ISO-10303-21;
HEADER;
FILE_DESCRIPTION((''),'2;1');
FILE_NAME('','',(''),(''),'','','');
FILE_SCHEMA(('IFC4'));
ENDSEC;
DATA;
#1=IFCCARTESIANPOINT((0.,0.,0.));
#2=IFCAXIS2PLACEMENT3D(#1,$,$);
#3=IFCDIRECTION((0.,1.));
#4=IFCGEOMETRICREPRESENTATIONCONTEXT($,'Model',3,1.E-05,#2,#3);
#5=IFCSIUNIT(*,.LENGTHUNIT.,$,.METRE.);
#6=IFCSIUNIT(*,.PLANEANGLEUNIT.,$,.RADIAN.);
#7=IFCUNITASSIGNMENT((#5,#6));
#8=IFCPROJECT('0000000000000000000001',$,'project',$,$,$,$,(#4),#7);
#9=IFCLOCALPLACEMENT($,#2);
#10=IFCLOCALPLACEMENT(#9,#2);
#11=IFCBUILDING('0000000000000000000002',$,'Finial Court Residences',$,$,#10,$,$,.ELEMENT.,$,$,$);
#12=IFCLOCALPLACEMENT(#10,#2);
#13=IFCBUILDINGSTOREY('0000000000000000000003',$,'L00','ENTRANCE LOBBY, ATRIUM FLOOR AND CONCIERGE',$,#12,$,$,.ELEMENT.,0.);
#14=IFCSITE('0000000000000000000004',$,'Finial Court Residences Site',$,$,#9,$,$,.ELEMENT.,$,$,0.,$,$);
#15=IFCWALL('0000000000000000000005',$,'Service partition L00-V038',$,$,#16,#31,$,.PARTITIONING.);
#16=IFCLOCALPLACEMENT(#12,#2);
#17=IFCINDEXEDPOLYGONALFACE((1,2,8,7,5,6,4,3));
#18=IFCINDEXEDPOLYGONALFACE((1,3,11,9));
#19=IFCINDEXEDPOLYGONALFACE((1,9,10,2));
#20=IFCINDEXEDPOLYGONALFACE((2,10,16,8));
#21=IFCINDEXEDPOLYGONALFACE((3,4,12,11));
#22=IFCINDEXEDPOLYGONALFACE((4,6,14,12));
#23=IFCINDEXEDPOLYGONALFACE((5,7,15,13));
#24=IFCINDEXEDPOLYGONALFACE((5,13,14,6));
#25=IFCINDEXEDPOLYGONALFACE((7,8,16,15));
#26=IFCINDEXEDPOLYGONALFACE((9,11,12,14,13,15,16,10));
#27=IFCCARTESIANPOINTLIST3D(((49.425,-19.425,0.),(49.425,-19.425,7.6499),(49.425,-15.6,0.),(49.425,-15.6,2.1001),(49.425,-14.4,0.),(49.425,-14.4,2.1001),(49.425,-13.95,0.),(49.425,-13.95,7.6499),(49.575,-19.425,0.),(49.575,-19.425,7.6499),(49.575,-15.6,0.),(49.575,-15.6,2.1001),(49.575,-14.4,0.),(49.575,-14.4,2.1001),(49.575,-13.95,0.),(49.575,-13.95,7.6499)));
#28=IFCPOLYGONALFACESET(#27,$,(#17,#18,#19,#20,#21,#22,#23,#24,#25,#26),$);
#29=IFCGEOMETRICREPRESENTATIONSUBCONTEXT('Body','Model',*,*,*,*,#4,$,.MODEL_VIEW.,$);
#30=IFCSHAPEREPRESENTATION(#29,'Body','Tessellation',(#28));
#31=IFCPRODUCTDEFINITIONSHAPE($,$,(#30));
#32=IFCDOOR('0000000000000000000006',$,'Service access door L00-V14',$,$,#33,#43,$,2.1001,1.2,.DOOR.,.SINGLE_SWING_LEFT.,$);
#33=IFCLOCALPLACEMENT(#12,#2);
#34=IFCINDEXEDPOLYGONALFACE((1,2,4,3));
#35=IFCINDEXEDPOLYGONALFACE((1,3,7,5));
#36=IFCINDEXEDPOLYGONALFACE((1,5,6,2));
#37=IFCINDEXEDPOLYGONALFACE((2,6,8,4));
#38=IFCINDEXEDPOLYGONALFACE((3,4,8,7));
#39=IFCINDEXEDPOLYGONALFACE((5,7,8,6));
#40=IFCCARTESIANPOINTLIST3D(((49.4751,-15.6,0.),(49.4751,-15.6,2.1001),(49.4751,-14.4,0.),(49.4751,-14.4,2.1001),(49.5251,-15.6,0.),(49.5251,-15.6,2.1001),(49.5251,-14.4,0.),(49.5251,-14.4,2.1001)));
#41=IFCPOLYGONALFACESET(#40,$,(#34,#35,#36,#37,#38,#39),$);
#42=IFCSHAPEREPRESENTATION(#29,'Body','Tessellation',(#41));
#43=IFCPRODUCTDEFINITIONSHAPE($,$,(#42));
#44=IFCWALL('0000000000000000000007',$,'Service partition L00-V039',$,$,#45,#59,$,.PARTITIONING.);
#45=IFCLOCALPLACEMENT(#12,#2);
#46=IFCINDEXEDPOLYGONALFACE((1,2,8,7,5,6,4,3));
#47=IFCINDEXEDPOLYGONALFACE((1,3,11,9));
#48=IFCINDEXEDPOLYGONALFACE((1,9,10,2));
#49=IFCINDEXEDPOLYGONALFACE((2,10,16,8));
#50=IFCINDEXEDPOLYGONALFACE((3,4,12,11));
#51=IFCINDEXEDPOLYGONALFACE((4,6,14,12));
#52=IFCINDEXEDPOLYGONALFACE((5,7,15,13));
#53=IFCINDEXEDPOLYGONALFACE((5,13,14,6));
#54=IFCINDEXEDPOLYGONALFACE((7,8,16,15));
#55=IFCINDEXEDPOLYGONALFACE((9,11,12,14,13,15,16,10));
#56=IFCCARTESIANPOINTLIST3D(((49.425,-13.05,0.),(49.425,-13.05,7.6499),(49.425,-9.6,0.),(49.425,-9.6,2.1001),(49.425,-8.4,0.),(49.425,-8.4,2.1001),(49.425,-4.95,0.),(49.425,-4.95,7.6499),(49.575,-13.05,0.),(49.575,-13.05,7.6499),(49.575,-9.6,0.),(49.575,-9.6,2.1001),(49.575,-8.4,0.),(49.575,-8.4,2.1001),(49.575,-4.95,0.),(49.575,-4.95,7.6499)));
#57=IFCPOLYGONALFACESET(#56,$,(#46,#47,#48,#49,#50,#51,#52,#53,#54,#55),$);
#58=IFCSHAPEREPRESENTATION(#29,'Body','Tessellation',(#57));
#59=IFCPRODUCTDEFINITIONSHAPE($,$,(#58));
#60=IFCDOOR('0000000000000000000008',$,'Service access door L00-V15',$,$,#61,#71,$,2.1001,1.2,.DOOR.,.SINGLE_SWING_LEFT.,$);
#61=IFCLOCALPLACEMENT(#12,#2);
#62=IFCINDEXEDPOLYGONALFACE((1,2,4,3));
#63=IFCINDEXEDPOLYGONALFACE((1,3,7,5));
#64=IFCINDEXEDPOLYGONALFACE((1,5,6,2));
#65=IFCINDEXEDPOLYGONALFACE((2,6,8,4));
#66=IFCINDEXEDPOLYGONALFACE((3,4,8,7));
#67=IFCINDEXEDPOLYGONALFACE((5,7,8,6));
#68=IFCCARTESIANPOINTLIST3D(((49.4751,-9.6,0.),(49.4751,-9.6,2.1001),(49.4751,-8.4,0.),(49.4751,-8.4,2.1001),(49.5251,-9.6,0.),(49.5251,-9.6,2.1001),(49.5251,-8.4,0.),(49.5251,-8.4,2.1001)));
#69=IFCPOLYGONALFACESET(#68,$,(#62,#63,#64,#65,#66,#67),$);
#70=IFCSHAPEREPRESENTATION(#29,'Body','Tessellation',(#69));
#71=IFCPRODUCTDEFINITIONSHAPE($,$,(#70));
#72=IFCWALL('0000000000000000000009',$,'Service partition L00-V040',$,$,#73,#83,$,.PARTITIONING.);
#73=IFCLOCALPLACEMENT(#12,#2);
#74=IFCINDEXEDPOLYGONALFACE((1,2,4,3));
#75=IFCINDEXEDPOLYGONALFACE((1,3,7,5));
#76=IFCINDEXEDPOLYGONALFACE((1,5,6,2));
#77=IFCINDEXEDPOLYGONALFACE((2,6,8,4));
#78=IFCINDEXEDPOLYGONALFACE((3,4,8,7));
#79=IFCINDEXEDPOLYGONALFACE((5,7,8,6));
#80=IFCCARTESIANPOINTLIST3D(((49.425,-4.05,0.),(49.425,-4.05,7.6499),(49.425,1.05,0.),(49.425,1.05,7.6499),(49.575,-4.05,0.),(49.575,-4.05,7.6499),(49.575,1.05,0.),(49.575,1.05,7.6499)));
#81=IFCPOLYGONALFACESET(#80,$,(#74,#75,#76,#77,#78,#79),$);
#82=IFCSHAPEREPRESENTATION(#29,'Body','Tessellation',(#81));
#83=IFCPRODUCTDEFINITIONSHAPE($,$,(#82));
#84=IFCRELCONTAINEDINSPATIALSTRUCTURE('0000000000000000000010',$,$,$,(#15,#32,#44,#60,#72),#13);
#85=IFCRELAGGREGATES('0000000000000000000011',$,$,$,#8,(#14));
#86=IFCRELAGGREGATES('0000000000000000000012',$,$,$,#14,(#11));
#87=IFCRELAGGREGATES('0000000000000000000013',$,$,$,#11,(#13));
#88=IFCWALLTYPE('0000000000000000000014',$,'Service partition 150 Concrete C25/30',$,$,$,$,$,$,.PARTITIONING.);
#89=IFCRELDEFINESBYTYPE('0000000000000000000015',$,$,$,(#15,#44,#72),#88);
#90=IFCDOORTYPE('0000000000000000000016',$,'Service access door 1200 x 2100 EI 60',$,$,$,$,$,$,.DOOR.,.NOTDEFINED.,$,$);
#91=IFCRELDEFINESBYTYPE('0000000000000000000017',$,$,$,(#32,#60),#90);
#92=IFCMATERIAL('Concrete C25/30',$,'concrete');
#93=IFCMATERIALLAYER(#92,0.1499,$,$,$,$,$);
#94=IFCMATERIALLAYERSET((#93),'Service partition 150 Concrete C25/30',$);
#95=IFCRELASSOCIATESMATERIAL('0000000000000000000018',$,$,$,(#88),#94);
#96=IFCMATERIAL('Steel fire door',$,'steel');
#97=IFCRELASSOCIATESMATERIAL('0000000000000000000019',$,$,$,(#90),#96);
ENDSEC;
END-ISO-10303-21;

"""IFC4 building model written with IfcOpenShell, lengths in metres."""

from ifc_helpers import new_model, si_unit, direction, frame, frame_2d, origin, place, context, subcontext, project, spatial, rectangle, extrude, material, layer, layer_set, type_object, element, fill, save


model = new_model("IFC4")

# Units and contexts
model_context = context("Model", 3, precision=1e-05, world=origin(), true_north=direction((0.0, 1.0)))
body_context = subcontext(model_context, "Body", "Model", "MODEL_VIEW")
ifc_project = project(units=[si_unit("LENGTHUNIT", "METRE"), si_unit("PLANEANGLEUNIT", "RADIAN")], contexts=[model_context])

# Site, building, storey
site_placement = place(None, origin())
site = spatial("IfcSite", under=ifc_project, at=site_placement, Name="Finial Court Residences Site", CompositionType="ELEMENT", RefElevation=0.0)
building_placement = place(site_placement, origin())
building = spatial("IfcBuilding", under=site, at=building_placement, Name="Finial Court Residences", CompositionType="ELEMENT")
storey_placement = place(building_placement, origin())
storey = spatial("IfcBuildingStorey", under=building, at=storey_placement, Name="L00", Description="ENTRANCE LOBBY, ATRIUM FLOOR AND CONCIERGE", CompositionType="ELEMENT", Elevation=0.0)

# Shared definitions
ifc_material_1 = material(Name="Concrete C25/30", Category="concrete")
ifc_layer_1 = layer(ifc_material_1, 0.1499)
ifc_layer_set_1 = layer_set([ifc_layer_1], Name="Service partition 150 Concrete C25/30")
wall_type_1 = type_object("IfcWallType", Name="Service partition 150 Concrete C25/30", PredefinedType="PARTITIONING", material=ifc_layer_set_1)
ifc_material_2 = material(Name="Steel fire door", Category="steel")

# Shared definitions
door_type_1 = type_object("IfcDoorType", Name="Service access door 1200 x 2100 EI 60", OperationType="NOTDEFINED", PredefinedType="DOOR", material=ifc_material_2)

# Walls, openings, doors
wall_1_placement = place(storey_placement, frame((49.5, -19.425, 0.0), z_axis=(0.0, 0.0, 1.0), x_axis=(0.0, 1.0, 0.0)))
wall_1 = element("IfcWall", 1, at=wall_1_placement, inside=storey, type_object=wall_type_1, Name="Service partition L00-V038", PredefinedType="PARTITIONING", context=body_context, shape_type="SweptSolid", body=[
    extrude(rectangle(XDim=5.4751, YDim=0.1499, at=frame_2d((2.7375, 0.0))), origin(), (0.0, 0.0, 1.0), 7.6499),
])
opening_1_placement = place(wall_1_placement, frame((3.825, 0.0, 0.0)))
opening_1 = element("IfcOpeningElement", 2, at=opening_1_placement, cuts=wall_1, PredefinedType="OPENING", context=body_context, shape_type="SweptSolid", body=[
    extrude(rectangle(XDim=1.2, YDim=2.1001, at=frame_2d((0.6001, 1.05))), frame((0.0, 0.085, 0.0), z_axis=(0.0, -1.0, 0.0), x_axis=(1.0, 0.0, 0.0)), (0.0, 0.0, 1.0), 0.1699),
])
door_1_placement = place(opening_1_placement, origin())
door_1 = element("IfcDoor", 3, at=door_1_placement, inside=storey, type_object=door_type_1, Name="Service access door L00-V14", OperationType="SINGLE_SWING_LEFT", OverallHeight=2.1001, OverallWidth=1.2, PredefinedType="DOOR", context=body_context, shape_type="SweptSolid", body=[
    extrude(rectangle(XDim=1.2, YDim=2.1001, at=frame_2d((0.6001, 1.05))), frame((0.0, 0.0249, 0.0), z_axis=(0.0, -1.0, 0.0), x_axis=(1.0, 0.0, 0.0)), (0.0, 0.0, 1.0), 0.05),
])
fill(opening_1, door_1)
wall_2_placement = place(storey_placement, frame((49.5, -13.05, 0.0), z_axis=(0.0, 0.0, 1.0), x_axis=(0.0, 1.0, 0.0)))
wall_2 = element("IfcWall", 4, at=wall_2_placement, inside=storey, type_object=wall_type_1, Name="Service partition L00-V039", PredefinedType="PARTITIONING", context=body_context, shape_type="SweptSolid", body=[
    extrude(rectangle(XDim=8.1001, YDim=0.1499, at=frame_2d((4.05, 0.0))), origin(), (0.0, 0.0, 1.0), 7.6499),
])
opening_2_placement = place(wall_2_placement, frame((3.45, 0.0, 0.0)))
opening_2 = element("IfcOpeningElement", 5, at=opening_2_placement, cuts=wall_2, PredefinedType="OPENING", context=body_context, shape_type="SweptSolid", body=[
    extrude(rectangle(XDim=1.2, YDim=2.1001, at=frame_2d((0.6001, 1.05))), frame((0.0, 0.085, 0.0), z_axis=(0.0, -1.0, 0.0), x_axis=(1.0, 0.0, 0.0)), (0.0, 0.0, 1.0), 0.1699),
])
door_2_placement = place(opening_2_placement, origin())
door_2 = element("IfcDoor", 6, at=door_2_placement, inside=storey, type_object=door_type_1, Name="Service access door L00-V15", OperationType="SINGLE_SWING_LEFT", OverallHeight=2.1001, OverallWidth=1.2, PredefinedType="DOOR", context=body_context, shape_type="SweptSolid", body=[
    extrude(rectangle(XDim=1.2, YDim=2.1001, at=frame_2d((0.6001, 1.05))), frame((0.0, 0.0249, 0.0), z_axis=(0.0, -1.0, 0.0), x_axis=(1.0, 0.0, 0.0)), (0.0, 0.0, 1.0), 0.05),
])
fill(opening_2, door_2)

# Wall
wall_3_placement = place(storey_placement, frame((49.5, -4.05, 0.0), z_axis=(0.0, 0.0, 1.0), x_axis=(0.0, 1.0, 0.0)))
element("IfcWall", 7, at=wall_3_placement, inside=storey, type_object=wall_type_1, Name="Service partition L00-V040", PredefinedType="PARTITIONING", context=body_context, shape_type="SweptSolid", body=[
    extrude(rectangle(XDim=5.1001, YDim=0.1499, at=frame_2d((2.55, 0.0))), origin(), (0.0, 0.0, 1.0), 7.6499),
])

save(model, "model.ifc")
